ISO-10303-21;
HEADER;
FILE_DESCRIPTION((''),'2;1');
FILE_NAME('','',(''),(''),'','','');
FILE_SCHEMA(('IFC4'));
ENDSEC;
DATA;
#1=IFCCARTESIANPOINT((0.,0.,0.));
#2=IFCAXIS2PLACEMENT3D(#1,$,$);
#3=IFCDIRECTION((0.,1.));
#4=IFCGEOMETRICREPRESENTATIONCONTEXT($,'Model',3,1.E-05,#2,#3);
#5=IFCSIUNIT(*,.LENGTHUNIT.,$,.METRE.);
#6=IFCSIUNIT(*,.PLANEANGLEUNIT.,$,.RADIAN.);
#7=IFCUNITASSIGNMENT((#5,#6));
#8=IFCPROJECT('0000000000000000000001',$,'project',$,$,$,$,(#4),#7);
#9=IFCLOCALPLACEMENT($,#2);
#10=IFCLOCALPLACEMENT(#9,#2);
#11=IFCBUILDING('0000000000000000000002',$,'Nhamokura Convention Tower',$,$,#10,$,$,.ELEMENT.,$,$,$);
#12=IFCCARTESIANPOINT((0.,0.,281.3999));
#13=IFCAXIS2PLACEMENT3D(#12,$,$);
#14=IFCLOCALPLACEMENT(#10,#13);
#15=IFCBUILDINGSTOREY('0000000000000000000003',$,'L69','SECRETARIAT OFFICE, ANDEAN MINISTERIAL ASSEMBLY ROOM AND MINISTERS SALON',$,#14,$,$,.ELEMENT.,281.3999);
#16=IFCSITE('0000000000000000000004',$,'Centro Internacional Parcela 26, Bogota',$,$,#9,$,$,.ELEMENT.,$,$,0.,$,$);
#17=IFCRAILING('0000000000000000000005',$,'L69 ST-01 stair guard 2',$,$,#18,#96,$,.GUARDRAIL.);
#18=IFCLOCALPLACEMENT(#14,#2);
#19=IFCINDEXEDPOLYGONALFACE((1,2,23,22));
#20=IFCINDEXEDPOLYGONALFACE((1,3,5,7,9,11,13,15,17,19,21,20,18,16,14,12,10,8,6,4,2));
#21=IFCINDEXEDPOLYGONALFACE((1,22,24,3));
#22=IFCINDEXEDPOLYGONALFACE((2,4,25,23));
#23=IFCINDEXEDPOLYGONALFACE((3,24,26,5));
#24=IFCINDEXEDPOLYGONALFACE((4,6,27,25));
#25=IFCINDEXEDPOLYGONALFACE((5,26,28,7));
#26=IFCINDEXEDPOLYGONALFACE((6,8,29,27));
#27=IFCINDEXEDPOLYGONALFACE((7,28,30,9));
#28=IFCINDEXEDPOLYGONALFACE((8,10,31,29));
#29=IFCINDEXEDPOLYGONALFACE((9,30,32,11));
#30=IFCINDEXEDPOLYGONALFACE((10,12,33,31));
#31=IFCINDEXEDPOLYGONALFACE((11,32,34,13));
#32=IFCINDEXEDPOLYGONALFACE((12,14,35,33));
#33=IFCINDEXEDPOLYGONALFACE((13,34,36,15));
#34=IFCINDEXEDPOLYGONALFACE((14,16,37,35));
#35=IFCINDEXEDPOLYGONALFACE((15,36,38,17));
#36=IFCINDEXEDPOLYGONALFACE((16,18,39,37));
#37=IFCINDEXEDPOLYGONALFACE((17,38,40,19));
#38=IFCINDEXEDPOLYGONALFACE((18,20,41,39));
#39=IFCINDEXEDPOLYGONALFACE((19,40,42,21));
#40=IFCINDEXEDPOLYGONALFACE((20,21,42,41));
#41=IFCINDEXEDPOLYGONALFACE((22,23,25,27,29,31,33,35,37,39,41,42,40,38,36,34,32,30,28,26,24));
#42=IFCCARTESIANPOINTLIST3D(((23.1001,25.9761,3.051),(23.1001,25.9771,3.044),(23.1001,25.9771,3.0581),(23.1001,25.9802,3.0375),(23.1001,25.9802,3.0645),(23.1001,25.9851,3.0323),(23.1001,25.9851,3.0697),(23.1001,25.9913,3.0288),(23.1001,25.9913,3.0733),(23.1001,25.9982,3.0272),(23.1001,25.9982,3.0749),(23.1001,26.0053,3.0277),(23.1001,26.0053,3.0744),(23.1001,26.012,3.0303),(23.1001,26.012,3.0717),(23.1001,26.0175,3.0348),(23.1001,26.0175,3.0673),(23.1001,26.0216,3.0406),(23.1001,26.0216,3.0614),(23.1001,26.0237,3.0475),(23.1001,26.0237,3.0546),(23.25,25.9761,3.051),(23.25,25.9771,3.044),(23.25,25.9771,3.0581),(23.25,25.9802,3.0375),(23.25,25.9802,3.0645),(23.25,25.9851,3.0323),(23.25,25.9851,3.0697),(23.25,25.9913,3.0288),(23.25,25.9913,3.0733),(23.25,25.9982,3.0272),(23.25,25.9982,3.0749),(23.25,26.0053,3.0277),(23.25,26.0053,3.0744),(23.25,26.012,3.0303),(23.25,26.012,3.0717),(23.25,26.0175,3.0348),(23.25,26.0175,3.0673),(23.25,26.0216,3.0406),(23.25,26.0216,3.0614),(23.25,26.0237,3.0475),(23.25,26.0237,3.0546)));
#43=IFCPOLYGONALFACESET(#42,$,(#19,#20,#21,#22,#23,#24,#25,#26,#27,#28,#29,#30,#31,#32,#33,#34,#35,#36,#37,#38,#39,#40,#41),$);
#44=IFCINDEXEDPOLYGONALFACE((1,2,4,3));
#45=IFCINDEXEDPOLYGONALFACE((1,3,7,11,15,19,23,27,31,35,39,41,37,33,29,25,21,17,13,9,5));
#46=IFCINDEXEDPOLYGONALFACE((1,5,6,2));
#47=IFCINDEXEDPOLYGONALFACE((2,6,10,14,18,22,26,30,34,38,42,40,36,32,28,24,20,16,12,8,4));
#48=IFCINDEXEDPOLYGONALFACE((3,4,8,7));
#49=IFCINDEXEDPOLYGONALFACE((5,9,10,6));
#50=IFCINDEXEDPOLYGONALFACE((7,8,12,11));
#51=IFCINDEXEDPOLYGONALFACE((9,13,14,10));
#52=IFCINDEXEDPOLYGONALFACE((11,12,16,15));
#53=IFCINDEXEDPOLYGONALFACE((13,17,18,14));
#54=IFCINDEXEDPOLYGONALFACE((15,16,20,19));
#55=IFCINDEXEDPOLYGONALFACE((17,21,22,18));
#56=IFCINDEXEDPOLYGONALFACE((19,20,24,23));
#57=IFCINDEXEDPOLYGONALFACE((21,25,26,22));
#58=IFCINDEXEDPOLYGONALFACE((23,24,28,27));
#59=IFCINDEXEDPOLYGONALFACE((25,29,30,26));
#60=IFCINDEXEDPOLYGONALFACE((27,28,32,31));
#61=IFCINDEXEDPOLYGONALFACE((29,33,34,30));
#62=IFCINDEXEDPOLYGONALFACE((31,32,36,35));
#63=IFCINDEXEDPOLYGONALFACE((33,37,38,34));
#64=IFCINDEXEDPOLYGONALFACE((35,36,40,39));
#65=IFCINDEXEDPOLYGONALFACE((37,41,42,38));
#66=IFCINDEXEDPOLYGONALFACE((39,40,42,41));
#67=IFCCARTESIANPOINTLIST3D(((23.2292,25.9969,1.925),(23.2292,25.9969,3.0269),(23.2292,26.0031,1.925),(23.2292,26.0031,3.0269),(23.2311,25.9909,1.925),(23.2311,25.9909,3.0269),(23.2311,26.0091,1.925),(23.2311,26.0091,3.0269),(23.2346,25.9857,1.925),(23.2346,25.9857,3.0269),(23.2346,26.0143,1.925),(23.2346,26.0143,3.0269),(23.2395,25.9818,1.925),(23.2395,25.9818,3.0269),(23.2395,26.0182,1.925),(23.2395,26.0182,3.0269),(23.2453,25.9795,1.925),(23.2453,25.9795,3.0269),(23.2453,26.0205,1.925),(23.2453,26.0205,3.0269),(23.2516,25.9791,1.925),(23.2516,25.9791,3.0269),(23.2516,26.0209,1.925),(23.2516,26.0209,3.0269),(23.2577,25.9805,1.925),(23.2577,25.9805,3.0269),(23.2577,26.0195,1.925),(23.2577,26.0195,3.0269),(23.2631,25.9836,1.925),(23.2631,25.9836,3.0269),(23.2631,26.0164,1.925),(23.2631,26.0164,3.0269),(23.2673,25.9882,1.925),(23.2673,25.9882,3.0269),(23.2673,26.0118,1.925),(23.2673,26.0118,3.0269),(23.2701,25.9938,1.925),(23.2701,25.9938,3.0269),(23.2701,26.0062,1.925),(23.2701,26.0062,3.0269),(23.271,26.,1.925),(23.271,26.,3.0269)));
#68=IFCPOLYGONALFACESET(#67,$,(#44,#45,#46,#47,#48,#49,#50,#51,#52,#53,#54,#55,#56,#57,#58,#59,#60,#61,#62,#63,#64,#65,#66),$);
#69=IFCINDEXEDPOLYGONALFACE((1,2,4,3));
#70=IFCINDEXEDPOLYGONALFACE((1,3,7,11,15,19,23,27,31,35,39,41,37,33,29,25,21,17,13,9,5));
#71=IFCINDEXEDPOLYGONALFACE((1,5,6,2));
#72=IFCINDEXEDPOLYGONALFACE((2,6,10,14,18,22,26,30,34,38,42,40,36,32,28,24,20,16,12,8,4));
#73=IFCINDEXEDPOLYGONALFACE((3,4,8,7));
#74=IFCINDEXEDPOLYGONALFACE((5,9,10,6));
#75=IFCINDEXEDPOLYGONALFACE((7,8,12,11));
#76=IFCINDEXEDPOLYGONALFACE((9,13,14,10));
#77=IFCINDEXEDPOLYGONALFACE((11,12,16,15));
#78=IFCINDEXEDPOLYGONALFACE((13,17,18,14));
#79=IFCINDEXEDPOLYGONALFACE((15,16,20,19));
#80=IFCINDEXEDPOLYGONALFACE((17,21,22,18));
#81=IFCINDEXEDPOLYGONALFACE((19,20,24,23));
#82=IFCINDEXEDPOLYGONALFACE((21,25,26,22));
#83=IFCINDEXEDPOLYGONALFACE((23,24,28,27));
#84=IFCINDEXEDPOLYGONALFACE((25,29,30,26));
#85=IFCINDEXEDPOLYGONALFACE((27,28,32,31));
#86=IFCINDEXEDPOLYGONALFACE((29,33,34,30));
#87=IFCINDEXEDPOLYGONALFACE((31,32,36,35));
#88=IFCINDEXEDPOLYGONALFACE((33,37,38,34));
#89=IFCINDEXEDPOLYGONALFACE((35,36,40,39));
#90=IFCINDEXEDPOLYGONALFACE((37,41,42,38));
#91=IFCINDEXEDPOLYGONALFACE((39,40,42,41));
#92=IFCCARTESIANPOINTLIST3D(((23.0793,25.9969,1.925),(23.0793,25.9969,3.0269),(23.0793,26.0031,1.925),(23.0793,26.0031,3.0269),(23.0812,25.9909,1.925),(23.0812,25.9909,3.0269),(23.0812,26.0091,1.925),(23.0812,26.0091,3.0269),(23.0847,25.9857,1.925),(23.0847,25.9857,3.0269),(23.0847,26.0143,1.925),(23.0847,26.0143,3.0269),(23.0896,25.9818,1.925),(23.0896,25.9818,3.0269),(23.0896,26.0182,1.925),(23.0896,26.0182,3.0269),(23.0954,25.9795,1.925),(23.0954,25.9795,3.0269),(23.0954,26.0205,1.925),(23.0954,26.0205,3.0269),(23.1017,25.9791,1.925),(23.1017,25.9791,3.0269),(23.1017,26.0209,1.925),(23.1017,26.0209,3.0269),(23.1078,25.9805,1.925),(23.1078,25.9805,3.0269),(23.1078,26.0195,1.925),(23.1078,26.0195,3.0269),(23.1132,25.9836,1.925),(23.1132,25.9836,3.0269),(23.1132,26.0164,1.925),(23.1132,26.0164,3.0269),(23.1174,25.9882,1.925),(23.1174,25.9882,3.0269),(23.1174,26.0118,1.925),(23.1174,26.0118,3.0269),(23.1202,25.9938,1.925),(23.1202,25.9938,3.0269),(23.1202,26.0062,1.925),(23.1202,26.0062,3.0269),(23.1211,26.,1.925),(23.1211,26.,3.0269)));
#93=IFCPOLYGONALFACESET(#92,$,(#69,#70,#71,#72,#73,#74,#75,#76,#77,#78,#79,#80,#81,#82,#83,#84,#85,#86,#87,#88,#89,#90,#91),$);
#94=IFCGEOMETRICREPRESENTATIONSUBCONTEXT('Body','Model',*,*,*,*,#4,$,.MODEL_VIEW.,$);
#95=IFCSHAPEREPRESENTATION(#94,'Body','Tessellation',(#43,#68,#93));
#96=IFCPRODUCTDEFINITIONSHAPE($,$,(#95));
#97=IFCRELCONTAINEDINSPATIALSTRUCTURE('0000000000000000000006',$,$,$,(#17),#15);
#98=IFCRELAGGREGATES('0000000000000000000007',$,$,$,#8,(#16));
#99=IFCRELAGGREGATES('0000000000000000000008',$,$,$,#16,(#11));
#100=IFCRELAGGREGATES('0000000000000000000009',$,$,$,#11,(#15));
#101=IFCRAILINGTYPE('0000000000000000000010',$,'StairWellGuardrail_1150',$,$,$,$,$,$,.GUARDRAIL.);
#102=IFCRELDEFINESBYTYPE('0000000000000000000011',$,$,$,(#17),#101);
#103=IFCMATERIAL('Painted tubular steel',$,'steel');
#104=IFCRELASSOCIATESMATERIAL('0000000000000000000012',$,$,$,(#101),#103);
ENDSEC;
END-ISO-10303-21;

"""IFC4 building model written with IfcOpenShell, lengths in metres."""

from ifc_helpers import new_model, si_unit, direction, frame, origin, origin_2d, place, context, subcontext, project, spatial, circle, extrude, material, type_object, element, save


model = new_model("IFC4")

# Units and contexts
model_context = context("Model", 3, precision=1e-05, world=origin(), true_north=direction((0.0, 1.0)))
body_context = subcontext(model_context, "Body", "Model", "MODEL_VIEW")
ifc_project = project(units=[si_unit("LENGTHUNIT", "METRE"), si_unit("PLANEANGLEUNIT", "RADIAN")], contexts=[model_context])

# Site, building, storey
site_placement = place(None, origin())
site = spatial("IfcSite", under=ifc_project, at=site_placement, Name="Centro Internacional Parcela 26, Bogota", CompositionType="ELEMENT", RefElevation=0.0)
building_placement = place(site_placement, origin())
building = spatial("IfcBuilding", under=site, at=building_placement, Name="Nhamokura Convention Tower", CompositionType="ELEMENT")
storey_placement = place(building_placement, frame((0.0, 0.0, 281.3999)))
storey = spatial("IfcBuildingStorey", under=building, at=storey_placement, Name="L69", Description="SECRETARIAT OFFICE, ANDEAN MINISTERIAL ASSEMBLY ROOM AND MINISTERS SALON", CompositionType="ELEMENT", Elevation=281.3999)

# Railing
ifc_material_1 = material(Name="Painted tubular steel", Category="steel")
railing_type_1 = type_object("IfcRailingType", Name="StairWellGuardrail_1150", PredefinedType="GUARDRAIL", material=ifc_material_1)
railing_1_placement = place(storey_placement, frame((23.25, 26.0, 1.925)))
element("IfcRailing", 1, at=railing_1_placement, inside=storey, type_object=railing_type_1, Name="L69 ST-01 stair guard 2", PredefinedType="GUARDRAIL", context=body_context, shape_type="SweptSolid", body=[
    extrude(circle(Radius=0.0239, at=origin_2d()), frame((0.0, 0.0, 1.126), z_axis=(-1.0, 0.0, 0.0), x_axis=(0.0, -1.0, 0.0)), (0.0, 0.0, 1.0), 0.1499),
    extrude(circle(Radius=0.021, at=origin_2d()), origin(), (0.0, 0.0, 1.0), 1.1018),
    extrude(circle(Radius=0.021, at=origin_2d()), frame((-0.1499, 0.0, 0.0)), (0.0, 0.0, 1.0), 1.1018),
])

save(model, "model.ifc")
